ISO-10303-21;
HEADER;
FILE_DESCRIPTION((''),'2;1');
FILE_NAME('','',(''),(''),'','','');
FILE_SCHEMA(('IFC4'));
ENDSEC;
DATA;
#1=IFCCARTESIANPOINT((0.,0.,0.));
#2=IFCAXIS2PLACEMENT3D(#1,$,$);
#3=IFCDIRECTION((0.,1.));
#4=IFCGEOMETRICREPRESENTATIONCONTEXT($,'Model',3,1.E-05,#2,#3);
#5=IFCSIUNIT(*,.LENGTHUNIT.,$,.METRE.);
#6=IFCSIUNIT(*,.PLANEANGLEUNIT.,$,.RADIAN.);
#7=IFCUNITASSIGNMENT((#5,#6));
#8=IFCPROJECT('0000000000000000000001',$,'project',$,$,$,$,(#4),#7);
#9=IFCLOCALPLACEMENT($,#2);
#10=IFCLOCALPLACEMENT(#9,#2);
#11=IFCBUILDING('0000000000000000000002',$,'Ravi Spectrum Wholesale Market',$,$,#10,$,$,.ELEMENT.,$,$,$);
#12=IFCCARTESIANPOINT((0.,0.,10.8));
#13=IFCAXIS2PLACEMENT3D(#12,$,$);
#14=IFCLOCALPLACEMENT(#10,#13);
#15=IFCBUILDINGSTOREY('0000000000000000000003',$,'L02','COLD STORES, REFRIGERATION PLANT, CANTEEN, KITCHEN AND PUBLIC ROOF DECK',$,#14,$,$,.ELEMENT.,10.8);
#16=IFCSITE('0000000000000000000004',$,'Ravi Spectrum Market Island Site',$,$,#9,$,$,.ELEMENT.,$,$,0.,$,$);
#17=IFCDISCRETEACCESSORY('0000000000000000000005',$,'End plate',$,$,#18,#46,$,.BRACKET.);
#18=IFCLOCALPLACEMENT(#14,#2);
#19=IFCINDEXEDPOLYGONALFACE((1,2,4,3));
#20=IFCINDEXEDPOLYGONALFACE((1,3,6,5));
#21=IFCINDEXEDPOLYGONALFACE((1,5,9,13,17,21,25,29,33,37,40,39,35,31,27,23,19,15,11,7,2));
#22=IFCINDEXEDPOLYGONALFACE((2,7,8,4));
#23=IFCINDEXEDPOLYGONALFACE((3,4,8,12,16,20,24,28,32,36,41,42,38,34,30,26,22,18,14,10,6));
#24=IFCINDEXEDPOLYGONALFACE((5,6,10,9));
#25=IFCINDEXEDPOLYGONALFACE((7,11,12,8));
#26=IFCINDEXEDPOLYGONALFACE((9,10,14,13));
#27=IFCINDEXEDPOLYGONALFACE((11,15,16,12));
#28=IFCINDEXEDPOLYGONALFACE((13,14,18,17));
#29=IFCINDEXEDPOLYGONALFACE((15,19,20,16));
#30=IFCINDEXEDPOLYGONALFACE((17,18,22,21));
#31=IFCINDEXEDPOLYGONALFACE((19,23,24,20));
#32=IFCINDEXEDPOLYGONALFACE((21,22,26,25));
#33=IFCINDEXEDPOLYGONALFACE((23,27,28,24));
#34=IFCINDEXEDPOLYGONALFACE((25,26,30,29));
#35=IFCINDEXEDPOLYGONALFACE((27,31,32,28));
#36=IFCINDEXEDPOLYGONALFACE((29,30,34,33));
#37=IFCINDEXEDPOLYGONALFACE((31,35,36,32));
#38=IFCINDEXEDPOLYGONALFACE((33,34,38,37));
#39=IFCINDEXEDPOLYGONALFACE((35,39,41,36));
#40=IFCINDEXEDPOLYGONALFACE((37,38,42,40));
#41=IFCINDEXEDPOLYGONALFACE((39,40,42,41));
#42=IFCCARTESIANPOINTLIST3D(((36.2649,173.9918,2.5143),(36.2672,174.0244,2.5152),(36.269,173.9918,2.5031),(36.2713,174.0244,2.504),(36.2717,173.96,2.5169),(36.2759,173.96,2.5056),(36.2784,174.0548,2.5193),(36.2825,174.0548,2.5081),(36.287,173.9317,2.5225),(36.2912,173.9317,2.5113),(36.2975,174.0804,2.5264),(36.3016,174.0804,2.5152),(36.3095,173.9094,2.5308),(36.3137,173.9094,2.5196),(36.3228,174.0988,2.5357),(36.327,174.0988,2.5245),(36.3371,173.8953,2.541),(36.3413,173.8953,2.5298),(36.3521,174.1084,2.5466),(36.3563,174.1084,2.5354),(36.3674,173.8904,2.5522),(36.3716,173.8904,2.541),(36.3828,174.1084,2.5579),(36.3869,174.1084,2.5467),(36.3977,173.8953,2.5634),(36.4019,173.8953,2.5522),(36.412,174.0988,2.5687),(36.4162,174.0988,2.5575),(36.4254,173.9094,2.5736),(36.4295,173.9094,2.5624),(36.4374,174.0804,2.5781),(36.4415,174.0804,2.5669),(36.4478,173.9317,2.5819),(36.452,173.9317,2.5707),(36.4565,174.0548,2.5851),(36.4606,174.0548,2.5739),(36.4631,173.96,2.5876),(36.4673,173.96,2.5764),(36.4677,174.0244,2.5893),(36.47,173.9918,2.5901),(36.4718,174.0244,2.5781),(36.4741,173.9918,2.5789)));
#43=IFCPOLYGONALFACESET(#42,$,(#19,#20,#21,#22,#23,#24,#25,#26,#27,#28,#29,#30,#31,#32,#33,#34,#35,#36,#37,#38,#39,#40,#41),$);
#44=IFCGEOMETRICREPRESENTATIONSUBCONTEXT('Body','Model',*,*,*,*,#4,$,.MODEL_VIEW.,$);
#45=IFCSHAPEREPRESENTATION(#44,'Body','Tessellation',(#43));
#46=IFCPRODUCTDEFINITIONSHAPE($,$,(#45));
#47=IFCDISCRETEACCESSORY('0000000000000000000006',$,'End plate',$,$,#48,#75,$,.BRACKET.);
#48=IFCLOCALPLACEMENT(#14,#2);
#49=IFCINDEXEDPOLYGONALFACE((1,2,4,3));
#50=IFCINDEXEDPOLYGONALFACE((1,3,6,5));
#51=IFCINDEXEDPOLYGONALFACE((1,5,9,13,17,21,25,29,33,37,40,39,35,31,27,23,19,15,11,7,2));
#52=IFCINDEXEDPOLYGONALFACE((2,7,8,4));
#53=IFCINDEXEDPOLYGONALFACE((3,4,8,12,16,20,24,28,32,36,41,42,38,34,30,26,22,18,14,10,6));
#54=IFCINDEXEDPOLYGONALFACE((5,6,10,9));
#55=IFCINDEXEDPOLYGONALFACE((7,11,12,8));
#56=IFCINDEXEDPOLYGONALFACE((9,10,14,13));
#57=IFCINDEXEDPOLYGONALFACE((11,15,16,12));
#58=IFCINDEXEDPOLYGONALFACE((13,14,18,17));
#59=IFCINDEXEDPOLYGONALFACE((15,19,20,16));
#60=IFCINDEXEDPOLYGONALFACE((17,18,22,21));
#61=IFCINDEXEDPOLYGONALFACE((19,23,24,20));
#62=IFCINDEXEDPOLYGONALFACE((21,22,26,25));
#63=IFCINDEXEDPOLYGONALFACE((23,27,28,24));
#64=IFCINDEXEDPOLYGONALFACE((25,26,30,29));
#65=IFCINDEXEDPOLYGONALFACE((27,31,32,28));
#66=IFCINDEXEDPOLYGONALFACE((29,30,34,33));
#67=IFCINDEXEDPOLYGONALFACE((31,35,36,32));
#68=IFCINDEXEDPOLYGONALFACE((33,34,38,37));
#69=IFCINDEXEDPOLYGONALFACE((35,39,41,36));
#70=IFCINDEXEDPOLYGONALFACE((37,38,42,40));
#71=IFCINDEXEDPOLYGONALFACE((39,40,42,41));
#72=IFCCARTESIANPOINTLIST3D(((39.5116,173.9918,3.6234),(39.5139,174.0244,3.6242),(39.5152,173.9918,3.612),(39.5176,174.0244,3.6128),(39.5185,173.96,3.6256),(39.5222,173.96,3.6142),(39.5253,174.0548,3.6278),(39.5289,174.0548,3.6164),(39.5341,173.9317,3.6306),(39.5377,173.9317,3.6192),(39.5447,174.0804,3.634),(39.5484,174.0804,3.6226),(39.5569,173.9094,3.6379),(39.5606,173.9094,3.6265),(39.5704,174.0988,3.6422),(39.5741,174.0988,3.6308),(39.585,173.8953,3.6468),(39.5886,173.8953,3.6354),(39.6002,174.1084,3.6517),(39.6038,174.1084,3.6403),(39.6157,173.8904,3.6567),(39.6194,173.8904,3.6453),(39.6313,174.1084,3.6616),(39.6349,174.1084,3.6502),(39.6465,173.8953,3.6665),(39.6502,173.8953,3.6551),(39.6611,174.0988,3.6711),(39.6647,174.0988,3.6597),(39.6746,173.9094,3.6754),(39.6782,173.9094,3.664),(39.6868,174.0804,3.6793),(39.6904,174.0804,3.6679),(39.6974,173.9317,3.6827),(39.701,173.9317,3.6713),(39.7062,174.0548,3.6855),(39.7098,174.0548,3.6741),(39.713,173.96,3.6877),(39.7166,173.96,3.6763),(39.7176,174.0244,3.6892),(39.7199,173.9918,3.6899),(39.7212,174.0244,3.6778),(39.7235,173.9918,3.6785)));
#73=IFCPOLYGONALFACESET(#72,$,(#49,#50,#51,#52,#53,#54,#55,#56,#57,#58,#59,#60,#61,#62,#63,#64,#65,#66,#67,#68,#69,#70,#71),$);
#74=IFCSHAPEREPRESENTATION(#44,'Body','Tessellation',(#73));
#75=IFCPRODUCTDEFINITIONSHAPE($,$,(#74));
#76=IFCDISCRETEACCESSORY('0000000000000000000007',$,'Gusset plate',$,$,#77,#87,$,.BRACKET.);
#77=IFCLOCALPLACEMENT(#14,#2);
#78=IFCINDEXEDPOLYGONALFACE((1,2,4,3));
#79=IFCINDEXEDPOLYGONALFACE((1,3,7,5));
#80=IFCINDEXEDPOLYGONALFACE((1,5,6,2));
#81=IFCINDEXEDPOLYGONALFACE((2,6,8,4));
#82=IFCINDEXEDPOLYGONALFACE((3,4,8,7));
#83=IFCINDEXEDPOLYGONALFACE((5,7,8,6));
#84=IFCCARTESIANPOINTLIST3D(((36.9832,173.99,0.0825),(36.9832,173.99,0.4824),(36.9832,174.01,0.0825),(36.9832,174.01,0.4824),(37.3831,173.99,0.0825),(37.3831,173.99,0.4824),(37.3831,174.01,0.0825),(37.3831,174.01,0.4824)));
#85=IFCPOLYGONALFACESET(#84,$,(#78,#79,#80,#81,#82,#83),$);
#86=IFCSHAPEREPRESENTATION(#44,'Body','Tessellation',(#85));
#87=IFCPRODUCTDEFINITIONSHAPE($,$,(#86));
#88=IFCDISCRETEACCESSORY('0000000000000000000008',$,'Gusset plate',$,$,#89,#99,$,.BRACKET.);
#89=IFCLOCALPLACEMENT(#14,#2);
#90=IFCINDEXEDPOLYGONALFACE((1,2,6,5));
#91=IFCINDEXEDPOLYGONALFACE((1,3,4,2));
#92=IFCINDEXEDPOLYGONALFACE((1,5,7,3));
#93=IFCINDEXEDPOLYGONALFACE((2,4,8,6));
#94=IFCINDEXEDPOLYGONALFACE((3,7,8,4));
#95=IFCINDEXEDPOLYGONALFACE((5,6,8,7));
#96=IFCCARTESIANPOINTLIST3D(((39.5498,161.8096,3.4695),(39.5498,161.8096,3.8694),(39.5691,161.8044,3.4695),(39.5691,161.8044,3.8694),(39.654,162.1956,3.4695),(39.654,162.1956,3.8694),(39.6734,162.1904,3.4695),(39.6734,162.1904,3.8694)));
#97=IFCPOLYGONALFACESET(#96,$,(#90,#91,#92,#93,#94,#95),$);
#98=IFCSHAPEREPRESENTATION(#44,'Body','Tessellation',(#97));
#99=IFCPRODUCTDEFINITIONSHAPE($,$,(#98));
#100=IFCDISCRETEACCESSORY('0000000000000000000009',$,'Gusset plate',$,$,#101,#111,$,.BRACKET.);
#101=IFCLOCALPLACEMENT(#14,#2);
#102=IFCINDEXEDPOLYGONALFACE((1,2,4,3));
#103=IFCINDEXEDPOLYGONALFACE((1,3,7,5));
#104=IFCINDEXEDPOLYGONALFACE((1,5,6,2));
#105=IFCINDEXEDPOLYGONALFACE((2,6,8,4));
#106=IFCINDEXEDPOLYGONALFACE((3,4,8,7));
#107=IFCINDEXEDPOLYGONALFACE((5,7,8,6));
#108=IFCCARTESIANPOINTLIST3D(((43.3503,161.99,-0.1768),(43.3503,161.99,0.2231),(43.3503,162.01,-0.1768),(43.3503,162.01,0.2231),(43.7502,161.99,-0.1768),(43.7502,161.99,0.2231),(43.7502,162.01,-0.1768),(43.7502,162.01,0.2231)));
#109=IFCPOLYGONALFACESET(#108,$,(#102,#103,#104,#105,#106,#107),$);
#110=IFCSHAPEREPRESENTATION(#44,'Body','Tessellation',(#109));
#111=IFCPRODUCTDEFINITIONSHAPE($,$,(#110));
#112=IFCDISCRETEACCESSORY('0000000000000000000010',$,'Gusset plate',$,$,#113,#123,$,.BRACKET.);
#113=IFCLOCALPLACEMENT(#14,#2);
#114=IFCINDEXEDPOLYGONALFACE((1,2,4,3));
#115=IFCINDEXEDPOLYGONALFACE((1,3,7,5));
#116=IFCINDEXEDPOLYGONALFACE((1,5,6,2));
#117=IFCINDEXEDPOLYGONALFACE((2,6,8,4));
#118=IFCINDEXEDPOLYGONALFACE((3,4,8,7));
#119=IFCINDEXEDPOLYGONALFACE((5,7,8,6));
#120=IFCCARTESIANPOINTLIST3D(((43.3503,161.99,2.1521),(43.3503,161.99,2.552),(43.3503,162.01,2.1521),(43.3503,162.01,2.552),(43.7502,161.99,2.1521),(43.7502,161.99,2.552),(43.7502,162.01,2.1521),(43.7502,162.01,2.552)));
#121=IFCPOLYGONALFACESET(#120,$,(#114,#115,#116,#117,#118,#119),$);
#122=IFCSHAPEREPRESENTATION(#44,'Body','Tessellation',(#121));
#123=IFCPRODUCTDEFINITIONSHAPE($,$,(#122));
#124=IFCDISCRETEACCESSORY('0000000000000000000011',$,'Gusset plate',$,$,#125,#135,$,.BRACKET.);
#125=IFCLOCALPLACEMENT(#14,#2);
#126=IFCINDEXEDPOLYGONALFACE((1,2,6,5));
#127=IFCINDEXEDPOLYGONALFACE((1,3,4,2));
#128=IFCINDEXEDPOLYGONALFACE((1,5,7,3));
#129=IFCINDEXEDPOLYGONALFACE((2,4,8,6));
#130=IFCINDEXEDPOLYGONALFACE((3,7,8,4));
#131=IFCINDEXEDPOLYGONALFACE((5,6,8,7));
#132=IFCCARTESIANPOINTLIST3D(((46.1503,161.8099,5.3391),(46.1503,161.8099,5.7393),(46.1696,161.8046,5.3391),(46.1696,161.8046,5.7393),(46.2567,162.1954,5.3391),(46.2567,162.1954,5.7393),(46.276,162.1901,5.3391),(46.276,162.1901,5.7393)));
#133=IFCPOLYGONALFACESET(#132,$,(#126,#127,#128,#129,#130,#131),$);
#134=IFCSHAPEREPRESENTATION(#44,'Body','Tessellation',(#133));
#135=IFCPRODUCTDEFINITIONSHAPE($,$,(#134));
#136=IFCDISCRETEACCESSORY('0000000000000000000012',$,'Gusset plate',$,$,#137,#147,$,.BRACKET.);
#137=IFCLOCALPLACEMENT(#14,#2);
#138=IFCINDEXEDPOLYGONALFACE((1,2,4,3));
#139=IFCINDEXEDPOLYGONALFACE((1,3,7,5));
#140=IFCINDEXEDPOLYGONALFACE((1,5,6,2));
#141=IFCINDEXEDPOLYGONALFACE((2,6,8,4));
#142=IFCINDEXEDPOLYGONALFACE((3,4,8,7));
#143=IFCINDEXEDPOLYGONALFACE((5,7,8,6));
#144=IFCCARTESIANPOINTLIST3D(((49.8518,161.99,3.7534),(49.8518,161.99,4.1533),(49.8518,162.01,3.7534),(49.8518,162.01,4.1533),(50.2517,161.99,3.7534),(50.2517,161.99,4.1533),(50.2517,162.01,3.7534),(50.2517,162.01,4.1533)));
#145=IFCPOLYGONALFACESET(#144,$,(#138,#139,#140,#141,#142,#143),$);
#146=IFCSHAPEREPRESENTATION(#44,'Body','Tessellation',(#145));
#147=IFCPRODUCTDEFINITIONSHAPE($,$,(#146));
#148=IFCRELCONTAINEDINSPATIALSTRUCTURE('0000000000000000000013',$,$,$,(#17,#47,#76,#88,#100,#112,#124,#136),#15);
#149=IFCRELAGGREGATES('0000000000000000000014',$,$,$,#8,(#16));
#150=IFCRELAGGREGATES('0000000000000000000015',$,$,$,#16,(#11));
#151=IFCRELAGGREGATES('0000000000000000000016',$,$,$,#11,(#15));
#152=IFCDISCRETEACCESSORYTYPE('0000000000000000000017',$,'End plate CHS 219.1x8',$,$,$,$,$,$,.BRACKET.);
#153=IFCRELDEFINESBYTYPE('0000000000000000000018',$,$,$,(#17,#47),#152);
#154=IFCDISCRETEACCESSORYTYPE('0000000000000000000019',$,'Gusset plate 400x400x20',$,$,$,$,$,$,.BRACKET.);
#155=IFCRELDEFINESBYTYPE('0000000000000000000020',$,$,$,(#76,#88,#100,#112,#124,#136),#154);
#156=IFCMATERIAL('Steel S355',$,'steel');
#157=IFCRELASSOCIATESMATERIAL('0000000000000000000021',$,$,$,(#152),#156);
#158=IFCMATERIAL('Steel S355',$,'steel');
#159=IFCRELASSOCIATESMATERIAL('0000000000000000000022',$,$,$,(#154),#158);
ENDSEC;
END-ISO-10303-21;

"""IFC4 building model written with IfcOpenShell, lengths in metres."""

from ifc_helpers import new_model, si_unit, direction, frame, origin, origin_2d, place, context, subcontext, project, spatial, rectangle, circle, extrude, material, material_profile, profile_set, type_object, element, save


model = new_model("IFC4")

# Units and contexts
model_context = context("Model", 3, precision=1e-05, world=origin(), true_north=direction((0.0, 1.0)))
body_context = subcontext(model_context, "Body", "Model", "MODEL_VIEW")
ifc_project = project(units=[si_unit("LENGTHUNIT", "METRE"), si_unit("PLANEANGLEUNIT", "RADIAN")], contexts=[model_context])

# Site, building, storey
site_placement = place(None, origin())
site = spatial("IfcSite", under=ifc_project, at=site_placement, Name="Ravi Spectrum Market Island Site", CompositionType="ELEMENT", RefElevation=0.0)
building_placement = place(site_placement, origin())
building = spatial("IfcBuilding", under=site, at=building_placement, Name="Ravi Spectrum Wholesale Market", CompositionType="ELEMENT")
storey_placement = place(building_placement, frame((0.0, 0.0, 10.8)))
storey = spatial("IfcBuildingStorey", under=building, at=storey_placement, Name="L02", Description="COLD STORES, REFRIGERATION PLANT, CANTEEN, KITCHEN AND PUBLIC ROOF DECK", CompositionType="ELEMENT", Elevation=10.8)

# Discrete accessories
ifc_material_1 = material(Name="Steel S355", Category="steel")
ifc_material_profile_1 = material_profile(ifc_material_1, circle(Radius=0.1096, at=origin_2d()))
ifc_profile_set_1 = profile_set([ifc_material_profile_1], Name="Steel S355")
discrete_accessory_type_1 = type_object("IfcDiscreteAccessoryType", Name="End plate CHS 219.1x8", PredefinedType="BRACKET", material=ifc_profile_set_1)
for number, where, z_axis, x_axis, name in (
    (1, (36.3716, 174.0, 2.541), (-0.34665, 0.0, 0.937994), (0.0, -1.0, 0.0), "End plate"),
    (2, (39.6194, 174.0, 3.6453), (-0.30404, 0.0, 0.952659), (0.0, -1.0, 0.0), "End plate"),
):
    element("IfcDiscreteAccessory", number, at=place(storey_placement, frame(where, z_axis=z_axis, x_axis=x_axis)), inside=storey, type_object=discrete_accessory_type_1, Name=name, PredefinedType="BRACKET", context=body_context, shape_type="SweptSolid", body=[
        extrude(circle(Radius=0.1096, at=origin_2d()), origin(), (0.0, 0.0, 1.0), 0.012),
    ])
ifc_material_2 = material(Name="Steel S355", Category="steel")
ifc_material_profile_2 = material_profile(ifc_material_2, rectangle(XDim=0.3999, YDim=0.02, at=origin_2d()))
ifc_profile_set_2 = profile_set([ifc_material_profile_2], Name="Steel S355")
discrete_accessory_type_2 = type_object("IfcDiscreteAccessoryType", Name="Gusset plate 400x400x20", PredefinedType="BRACKET", material=ifc_profile_set_2)
for number, where, z_axis, x_axis, name in (
    (3, (37.1831, 174.0, 0.0825), (0.0, 0.0, 1.0), (1.0, 0.0, 0.0), "Gusset plate"),
    (4, (39.6116, 162.0, 3.4695), (0.0, 0.0, 1.0), (0.260664, 0.96543, 0.0), "Gusset plate"),
    (5, (43.5503, 162.0, -0.1768), (0.0, 0.0, 1.0), (1.0, 0.0, 0.0), "Gusset plate"),
    (6, (43.5503, 162.0, 2.1521), (0.0, 0.0, 1.0), (1.0, 0.0, 0.0), "Gusset plate"),
):
    element("IfcDiscreteAccessory", number, at=place(storey_placement, frame(where, z_axis=z_axis, x_axis=x_axis)), inside=storey, type_object=discrete_accessory_type_2, Name=name, PredefinedType="BRACKET", context=body_context, shape_type="SweptSolid", body=[
        extrude(rectangle(XDim=0.3999, YDim=0.02, at=origin_2d()), origin(), (0.0, 0.0, 1.0), 0.3999),
    ])
discrete_accessory_1_placement = place(storey_placement, frame((46.2131, 162.0, 5.3391), z_axis=(0.0, 0.0, 1.0), x_axis=(0.265907, 0.963999, 0.0)))
element("IfcDiscreteAccessory", 7, at=discrete_accessory_1_placement, inside=storey, type_object=discrete_accessory_type_2, Name="Gusset plate", PredefinedType="BRACKET", context=body_context, shape_type="SweptSolid", body=[
    extrude(rectangle(XDim=0.3999, YDim=0.02, at=origin_2d()), origin(), (0.0, 0.0, 1.0), 0.4001),
])
discrete_accessory_2_placement = place(storey_placement, frame((50.0518, 162.0, 3.7534), z_axis=(0.0, 0.0, 1.0), x_axis=(1.0, 0.0, 0.0)))
element("IfcDiscreteAccessory", 8, at=discrete_accessory_2_placement, inside=storey, type_object=discrete_accessory_type_2, Name="Gusset plate", PredefinedType="BRACKET", context=body_context, shape_type="SweptSolid", body=[
    extrude(rectangle(XDim=0.3999, YDim=0.02, at=origin_2d()), origin(), (0.0, 0.0, 1.0), 0.3999),
])

save(model, "model.ifc")
